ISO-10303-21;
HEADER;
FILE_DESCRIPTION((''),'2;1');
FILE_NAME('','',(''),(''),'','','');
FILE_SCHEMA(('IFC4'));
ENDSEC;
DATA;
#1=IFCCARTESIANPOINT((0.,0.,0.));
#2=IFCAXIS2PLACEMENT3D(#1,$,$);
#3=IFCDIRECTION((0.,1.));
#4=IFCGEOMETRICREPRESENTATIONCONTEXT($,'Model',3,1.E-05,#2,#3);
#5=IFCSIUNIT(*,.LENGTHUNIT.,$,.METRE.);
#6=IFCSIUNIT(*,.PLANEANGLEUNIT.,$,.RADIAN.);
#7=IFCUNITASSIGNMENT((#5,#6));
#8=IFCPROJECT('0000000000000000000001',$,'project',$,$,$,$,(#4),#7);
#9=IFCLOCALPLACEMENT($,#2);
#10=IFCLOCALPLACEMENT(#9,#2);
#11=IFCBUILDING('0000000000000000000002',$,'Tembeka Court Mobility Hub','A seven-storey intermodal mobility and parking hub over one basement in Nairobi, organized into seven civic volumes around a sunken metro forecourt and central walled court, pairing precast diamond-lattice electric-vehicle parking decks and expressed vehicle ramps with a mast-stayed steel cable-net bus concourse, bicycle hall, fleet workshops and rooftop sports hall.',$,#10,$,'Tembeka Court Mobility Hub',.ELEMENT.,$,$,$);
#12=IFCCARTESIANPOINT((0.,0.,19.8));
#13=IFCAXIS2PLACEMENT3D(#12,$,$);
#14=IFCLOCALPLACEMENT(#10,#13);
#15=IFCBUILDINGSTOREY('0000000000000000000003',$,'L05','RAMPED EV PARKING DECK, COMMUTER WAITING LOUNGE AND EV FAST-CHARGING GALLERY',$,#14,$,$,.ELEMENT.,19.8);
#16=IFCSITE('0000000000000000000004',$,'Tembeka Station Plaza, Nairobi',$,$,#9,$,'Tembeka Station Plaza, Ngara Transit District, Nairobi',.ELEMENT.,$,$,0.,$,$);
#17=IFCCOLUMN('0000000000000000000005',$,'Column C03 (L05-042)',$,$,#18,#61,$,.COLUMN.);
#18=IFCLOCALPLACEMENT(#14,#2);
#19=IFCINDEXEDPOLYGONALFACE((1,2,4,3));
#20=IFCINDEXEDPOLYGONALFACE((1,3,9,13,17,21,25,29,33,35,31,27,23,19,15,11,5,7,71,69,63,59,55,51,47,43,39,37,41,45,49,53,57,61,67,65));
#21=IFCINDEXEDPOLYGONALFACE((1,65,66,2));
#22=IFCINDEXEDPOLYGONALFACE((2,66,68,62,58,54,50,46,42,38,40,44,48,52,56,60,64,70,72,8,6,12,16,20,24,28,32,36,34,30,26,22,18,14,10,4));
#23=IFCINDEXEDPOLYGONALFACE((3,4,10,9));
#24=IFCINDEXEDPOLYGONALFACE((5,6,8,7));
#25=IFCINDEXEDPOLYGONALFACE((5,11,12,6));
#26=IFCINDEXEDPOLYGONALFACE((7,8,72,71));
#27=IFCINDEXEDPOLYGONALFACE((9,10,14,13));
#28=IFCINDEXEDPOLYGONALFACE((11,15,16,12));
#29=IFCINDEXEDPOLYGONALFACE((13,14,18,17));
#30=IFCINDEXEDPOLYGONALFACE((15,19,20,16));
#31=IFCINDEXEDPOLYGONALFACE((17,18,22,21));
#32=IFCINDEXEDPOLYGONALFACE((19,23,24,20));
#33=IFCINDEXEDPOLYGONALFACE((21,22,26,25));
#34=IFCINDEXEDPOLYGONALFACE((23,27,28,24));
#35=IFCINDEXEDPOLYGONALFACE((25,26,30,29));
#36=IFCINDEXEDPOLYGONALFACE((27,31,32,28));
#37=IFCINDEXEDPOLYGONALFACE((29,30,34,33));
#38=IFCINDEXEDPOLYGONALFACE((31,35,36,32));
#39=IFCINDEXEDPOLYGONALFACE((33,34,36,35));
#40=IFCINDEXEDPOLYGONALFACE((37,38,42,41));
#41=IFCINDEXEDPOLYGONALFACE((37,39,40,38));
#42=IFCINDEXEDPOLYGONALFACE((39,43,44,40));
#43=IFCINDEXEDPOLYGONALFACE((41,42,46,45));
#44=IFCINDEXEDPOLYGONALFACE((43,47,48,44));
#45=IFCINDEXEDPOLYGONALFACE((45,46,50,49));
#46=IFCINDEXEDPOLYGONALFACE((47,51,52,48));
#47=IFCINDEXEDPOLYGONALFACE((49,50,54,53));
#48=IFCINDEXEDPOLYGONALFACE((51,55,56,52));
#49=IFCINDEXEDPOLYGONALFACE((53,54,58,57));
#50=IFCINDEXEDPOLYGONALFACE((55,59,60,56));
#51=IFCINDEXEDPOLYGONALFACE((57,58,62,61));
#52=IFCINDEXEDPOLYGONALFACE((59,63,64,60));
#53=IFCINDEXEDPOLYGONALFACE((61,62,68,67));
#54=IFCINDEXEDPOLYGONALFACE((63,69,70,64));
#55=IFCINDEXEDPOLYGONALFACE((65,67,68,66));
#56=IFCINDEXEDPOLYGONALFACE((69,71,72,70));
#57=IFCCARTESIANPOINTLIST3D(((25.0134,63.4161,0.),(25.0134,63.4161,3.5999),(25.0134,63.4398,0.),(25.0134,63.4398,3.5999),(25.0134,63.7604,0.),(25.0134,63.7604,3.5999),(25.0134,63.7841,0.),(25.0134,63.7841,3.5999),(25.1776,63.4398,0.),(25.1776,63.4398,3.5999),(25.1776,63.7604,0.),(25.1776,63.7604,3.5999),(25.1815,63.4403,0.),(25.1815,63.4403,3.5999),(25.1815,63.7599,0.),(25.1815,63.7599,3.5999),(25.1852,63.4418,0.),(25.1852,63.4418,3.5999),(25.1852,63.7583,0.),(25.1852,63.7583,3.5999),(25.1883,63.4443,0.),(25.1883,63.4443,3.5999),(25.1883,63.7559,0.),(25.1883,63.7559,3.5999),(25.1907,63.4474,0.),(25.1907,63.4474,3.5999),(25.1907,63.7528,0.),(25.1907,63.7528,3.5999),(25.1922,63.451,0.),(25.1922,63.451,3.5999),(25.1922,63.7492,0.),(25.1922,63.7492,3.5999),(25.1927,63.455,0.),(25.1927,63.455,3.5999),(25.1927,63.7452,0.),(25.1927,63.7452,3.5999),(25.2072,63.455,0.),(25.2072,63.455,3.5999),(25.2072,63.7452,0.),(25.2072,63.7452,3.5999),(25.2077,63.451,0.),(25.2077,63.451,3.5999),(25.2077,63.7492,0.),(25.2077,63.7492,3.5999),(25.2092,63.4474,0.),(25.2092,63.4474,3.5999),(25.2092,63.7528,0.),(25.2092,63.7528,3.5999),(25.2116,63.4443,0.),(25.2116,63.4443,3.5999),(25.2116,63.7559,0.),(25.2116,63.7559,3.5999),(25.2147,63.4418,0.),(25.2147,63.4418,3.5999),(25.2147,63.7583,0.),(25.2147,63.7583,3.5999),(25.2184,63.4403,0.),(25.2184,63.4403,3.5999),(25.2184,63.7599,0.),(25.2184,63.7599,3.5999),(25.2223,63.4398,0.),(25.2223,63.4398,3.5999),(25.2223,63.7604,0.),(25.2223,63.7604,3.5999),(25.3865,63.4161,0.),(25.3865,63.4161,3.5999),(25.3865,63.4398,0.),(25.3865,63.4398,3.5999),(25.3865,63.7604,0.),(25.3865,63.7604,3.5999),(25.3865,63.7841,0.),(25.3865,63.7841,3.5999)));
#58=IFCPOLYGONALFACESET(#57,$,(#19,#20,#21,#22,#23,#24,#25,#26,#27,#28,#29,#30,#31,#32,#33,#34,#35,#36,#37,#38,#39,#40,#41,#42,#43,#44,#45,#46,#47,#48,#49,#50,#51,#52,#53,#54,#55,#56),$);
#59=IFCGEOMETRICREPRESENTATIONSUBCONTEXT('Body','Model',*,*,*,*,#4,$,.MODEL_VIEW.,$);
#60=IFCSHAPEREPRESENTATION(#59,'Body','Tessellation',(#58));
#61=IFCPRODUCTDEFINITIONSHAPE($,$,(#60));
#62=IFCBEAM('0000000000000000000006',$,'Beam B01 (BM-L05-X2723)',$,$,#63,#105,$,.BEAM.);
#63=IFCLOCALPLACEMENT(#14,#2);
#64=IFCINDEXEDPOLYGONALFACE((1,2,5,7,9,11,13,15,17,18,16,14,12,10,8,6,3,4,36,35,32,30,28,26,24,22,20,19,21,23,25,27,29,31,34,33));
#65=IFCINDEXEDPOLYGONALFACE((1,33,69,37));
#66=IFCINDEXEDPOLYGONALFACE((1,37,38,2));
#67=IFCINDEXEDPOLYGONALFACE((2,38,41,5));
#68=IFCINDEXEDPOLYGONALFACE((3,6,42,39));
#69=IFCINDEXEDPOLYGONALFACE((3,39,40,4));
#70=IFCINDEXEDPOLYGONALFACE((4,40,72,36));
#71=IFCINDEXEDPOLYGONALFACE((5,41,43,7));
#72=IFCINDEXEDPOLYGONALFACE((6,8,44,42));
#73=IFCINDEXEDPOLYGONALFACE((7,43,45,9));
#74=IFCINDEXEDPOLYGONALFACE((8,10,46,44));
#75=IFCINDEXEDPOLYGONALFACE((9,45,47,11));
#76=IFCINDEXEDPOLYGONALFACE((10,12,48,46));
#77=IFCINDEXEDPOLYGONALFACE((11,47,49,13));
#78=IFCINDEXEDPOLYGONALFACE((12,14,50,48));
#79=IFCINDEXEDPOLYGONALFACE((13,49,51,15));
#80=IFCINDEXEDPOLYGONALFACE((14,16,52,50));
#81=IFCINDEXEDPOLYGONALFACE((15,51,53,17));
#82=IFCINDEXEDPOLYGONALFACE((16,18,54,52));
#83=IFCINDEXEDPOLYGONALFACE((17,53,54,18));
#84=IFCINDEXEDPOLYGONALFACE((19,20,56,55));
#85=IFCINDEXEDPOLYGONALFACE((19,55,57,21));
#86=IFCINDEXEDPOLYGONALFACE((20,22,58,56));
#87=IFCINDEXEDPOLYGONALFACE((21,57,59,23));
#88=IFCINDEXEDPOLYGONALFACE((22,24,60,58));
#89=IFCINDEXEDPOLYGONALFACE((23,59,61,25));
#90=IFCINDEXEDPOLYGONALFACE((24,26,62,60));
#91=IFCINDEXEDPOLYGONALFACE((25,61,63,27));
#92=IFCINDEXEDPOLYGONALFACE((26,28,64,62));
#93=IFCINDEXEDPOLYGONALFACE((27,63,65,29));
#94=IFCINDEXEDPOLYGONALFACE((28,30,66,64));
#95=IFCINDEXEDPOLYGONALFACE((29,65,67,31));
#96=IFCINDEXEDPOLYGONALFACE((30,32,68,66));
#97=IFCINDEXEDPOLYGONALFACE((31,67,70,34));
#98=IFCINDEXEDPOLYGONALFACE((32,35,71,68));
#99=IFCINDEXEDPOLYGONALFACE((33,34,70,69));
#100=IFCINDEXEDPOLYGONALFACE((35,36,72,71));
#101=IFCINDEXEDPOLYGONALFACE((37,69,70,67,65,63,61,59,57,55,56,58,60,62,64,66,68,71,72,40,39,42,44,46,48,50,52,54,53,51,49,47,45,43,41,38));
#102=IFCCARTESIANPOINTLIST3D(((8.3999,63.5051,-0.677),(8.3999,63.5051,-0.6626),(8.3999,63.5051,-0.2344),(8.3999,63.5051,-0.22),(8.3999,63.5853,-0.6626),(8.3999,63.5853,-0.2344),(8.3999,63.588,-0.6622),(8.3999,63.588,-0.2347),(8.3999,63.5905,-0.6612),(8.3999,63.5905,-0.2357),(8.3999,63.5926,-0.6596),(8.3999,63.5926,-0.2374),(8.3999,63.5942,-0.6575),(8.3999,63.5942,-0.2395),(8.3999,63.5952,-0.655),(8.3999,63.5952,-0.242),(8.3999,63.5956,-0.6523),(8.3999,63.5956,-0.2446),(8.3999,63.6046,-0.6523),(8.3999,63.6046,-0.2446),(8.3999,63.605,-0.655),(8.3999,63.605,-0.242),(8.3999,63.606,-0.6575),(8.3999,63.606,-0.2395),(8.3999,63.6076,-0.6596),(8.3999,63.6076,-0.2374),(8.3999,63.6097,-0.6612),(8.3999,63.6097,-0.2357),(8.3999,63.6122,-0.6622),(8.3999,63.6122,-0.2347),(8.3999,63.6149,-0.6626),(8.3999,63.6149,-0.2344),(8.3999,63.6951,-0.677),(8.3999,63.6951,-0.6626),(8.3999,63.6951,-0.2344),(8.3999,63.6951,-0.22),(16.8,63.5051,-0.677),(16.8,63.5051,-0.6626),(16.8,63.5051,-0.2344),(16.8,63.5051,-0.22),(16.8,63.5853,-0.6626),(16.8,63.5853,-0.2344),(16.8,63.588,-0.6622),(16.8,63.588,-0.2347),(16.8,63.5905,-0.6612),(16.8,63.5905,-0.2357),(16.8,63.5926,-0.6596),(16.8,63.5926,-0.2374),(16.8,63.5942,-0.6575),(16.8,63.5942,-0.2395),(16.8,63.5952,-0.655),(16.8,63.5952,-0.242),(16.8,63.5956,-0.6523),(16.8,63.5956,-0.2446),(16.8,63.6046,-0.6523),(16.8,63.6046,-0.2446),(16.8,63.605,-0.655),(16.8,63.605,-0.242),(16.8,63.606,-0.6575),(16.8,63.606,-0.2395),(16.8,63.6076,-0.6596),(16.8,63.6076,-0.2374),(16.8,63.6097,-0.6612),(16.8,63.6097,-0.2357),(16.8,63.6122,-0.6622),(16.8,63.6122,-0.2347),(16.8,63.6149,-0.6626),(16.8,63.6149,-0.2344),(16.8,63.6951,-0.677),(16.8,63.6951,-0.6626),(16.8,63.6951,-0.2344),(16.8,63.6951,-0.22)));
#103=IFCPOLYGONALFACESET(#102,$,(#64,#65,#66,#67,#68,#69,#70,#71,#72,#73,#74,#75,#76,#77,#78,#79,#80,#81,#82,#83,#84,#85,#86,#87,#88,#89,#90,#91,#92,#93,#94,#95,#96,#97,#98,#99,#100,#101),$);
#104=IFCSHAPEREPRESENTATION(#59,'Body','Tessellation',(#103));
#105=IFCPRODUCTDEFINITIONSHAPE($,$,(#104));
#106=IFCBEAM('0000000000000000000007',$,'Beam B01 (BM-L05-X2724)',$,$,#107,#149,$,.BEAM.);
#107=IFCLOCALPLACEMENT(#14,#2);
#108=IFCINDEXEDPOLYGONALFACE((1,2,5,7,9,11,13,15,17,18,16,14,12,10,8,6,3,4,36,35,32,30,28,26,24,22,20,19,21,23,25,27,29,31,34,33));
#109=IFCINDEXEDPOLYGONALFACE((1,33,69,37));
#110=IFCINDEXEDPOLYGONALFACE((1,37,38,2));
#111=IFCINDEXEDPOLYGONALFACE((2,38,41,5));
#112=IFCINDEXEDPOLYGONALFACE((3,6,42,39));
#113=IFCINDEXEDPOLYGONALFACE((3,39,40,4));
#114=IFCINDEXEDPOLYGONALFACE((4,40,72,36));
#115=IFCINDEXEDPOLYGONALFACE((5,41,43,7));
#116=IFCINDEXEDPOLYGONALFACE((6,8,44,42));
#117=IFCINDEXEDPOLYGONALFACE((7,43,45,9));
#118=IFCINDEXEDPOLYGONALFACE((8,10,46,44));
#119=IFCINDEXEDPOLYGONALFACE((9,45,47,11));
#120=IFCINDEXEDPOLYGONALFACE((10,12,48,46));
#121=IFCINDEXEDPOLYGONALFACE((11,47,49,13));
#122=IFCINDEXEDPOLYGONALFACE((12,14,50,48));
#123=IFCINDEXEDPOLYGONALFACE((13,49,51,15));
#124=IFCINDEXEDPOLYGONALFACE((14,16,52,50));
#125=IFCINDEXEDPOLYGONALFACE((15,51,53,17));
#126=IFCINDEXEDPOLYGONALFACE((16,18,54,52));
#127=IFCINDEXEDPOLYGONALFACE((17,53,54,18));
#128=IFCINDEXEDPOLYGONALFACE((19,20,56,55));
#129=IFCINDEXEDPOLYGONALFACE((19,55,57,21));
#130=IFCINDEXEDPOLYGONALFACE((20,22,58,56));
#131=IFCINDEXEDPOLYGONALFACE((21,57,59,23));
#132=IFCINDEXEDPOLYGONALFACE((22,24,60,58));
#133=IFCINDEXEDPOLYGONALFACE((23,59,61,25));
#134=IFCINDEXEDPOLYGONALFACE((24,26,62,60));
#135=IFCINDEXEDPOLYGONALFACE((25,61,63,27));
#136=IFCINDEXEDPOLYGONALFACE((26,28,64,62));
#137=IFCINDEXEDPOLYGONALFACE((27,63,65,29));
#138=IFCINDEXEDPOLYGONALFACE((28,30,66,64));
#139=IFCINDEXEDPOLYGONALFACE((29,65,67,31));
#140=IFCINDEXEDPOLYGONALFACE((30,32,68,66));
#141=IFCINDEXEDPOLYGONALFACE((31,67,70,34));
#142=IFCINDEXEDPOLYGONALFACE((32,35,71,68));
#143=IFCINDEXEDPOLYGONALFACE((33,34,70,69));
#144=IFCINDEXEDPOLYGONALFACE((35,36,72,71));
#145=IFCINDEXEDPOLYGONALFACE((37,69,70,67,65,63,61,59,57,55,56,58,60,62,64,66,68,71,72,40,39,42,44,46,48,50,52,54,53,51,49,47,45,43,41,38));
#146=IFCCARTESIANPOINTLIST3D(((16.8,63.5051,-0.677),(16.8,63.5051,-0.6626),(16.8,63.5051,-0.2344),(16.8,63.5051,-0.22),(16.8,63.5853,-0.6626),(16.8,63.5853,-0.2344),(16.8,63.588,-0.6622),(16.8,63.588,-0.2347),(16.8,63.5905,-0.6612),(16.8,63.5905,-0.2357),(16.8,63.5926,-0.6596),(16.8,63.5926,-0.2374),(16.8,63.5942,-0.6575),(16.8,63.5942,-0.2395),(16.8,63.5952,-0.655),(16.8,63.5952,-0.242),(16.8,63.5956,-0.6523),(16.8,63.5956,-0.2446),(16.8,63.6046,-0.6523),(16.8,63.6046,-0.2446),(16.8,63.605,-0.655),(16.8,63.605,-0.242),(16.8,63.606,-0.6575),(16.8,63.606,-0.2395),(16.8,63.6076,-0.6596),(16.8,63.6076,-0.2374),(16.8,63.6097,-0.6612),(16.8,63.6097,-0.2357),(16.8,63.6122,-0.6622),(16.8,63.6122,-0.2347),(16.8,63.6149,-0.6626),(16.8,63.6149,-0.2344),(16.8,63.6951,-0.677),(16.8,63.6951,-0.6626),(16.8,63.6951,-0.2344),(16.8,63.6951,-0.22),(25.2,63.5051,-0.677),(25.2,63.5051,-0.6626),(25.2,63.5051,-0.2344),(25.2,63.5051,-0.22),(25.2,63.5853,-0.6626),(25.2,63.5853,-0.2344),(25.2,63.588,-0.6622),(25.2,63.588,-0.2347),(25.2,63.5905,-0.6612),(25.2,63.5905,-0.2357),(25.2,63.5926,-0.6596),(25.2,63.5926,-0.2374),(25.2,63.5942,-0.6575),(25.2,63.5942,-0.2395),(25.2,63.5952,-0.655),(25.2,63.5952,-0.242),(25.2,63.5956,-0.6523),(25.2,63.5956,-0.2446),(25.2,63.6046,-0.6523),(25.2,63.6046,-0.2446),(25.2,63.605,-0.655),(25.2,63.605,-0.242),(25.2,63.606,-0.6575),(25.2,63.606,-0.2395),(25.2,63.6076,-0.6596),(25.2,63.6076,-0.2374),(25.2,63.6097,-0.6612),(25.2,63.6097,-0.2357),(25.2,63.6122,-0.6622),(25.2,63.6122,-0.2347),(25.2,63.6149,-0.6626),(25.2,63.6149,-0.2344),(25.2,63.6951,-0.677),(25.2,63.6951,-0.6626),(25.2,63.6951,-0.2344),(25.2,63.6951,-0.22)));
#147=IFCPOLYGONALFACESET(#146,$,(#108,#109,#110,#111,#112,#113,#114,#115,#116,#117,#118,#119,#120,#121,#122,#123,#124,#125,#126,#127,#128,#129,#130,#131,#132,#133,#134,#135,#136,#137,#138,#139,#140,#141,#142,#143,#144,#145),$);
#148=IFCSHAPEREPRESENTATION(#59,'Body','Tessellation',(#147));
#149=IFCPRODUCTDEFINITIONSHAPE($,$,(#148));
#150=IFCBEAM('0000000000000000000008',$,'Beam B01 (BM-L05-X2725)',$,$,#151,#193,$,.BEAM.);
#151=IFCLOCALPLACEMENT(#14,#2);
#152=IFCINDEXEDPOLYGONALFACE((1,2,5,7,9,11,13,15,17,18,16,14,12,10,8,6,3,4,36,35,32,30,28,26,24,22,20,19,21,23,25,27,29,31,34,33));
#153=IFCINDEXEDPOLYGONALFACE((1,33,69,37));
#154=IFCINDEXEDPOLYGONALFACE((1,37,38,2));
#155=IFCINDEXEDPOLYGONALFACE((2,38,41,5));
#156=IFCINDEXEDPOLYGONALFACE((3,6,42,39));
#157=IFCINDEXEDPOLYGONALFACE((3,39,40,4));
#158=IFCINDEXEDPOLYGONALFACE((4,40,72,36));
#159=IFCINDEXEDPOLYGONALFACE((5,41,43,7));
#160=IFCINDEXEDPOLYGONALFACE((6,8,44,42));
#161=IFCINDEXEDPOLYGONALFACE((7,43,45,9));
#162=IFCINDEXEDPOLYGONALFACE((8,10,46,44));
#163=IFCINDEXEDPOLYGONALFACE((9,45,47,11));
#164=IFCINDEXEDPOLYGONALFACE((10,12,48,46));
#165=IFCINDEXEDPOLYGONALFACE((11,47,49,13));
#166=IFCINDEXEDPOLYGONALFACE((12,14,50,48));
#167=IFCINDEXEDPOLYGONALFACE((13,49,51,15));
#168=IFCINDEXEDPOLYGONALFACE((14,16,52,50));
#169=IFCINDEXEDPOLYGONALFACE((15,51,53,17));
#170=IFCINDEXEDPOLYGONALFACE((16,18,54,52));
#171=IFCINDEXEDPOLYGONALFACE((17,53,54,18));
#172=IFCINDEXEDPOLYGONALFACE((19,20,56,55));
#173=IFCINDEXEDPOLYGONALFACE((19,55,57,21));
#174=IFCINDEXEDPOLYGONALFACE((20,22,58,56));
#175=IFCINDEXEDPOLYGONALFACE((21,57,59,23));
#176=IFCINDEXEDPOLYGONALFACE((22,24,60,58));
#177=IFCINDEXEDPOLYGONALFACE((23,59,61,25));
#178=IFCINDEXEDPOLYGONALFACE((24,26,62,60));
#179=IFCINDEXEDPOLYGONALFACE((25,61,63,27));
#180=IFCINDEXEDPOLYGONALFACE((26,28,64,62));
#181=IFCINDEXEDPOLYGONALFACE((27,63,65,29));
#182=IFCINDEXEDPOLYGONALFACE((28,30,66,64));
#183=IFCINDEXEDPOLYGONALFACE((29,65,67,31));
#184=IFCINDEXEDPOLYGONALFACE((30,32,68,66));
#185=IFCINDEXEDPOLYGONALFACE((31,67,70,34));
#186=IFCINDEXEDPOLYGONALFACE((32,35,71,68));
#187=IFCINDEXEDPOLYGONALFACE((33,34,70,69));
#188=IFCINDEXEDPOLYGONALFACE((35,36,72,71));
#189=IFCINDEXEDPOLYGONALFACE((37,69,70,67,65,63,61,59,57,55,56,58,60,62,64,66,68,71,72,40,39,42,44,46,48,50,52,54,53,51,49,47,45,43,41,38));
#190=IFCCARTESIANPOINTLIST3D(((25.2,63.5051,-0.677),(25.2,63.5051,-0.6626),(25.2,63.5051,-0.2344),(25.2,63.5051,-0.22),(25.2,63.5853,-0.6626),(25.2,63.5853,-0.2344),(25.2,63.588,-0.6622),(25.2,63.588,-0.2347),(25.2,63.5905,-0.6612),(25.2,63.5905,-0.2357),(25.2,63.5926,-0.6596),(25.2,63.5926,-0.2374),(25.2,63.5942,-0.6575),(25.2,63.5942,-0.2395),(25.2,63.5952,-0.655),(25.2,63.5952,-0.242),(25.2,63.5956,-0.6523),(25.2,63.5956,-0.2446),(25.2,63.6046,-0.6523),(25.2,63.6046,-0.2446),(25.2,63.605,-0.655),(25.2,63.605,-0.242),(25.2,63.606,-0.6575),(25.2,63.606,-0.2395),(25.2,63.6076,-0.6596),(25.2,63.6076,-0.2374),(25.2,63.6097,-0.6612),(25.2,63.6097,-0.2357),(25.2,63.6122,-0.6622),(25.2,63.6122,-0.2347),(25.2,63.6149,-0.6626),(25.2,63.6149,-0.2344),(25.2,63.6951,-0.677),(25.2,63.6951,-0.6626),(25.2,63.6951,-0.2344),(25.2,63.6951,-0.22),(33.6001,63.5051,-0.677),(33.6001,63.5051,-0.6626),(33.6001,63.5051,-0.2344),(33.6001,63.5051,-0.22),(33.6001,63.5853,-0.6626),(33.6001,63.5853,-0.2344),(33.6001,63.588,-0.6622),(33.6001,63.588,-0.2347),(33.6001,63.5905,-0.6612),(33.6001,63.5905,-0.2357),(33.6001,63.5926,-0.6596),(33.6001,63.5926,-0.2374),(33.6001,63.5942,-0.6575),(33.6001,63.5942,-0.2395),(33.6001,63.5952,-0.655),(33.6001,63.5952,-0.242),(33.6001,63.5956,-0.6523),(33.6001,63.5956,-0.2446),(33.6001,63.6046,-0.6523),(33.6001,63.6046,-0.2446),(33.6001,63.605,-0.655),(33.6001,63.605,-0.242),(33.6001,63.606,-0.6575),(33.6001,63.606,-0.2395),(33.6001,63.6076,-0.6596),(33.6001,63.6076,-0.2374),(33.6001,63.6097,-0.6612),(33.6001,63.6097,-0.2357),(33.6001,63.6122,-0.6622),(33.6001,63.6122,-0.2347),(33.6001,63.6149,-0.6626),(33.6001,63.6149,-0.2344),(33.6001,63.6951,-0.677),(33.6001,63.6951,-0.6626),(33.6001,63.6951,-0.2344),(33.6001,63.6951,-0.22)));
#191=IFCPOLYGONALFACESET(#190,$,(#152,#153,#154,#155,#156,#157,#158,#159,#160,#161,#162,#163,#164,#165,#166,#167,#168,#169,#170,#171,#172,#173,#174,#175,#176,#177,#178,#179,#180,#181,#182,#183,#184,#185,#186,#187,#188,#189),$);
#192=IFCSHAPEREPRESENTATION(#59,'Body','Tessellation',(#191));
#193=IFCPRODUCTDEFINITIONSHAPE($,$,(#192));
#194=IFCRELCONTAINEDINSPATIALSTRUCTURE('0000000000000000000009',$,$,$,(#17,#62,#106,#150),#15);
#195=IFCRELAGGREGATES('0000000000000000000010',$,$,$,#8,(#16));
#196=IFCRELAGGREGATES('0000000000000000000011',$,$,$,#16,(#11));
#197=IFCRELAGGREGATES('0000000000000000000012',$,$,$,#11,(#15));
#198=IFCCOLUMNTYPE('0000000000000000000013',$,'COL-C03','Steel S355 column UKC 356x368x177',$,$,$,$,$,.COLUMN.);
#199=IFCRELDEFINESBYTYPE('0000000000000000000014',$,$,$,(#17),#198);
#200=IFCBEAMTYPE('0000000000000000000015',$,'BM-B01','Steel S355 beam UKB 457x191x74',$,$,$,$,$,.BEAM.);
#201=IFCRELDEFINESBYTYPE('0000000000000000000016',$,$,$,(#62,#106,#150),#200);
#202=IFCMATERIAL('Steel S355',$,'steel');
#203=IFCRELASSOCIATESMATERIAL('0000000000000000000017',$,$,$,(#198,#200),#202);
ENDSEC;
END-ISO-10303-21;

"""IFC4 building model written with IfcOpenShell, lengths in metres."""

from ifc_helpers import new_model, si_unit, direction, frame, origin, origin_2d, place, context, subcontext, project, spatial, i_section, extrude, material, material_profile, profile_set, type_object, element, save


model = new_model("IFC4")

# Units and contexts
model_context = context("Model", 3, precision=1e-05, world=origin(), true_north=direction((0.0, 1.0)))
body_context = subcontext(model_context, "Body", "Model", "MODEL_VIEW")
ifc_project = project(units=[si_unit("LENGTHUNIT", "METRE"), si_unit("PLANEANGLEUNIT", "RADIAN")], contexts=[model_context])

# Site, building, storey
site_placement = place(None, origin())
site = spatial("IfcSite", under=ifc_project, at=site_placement, Name="Tembeka Station Plaza, Nairobi", LongName="Tembeka Station Plaza, Ngara Transit District, Nairobi", CompositionType="ELEMENT", RefElevation=0.0)
building_placement = place(site_placement, origin())
building = spatial("IfcBuilding", under=site, at=building_placement, Name="Tembeka Court Mobility Hub", Description="A seven-storey intermodal mobility and parking hub over one basement in Nairobi, organized into seven civic volumes around a sunken metro forecourt and central walled court, pairing precast diamond-lattice electric-vehicle parking decks and expressed vehicle ramps with a mast-stayed steel cable-net bus concourse, bicycle hall, fleet workshops and rooftop sports hall.", LongName="Tembeka Court Mobility Hub", CompositionType="ELEMENT")
storey_placement = place(building_placement, frame((0.0, 0.0, 19.8)))
storey = spatial("IfcBuildingStorey", under=building, at=storey_placement, Name="L05", Description="RAMPED EV PARKING DECK, COMMUTER WAITING LOUNGE AND EV FAST-CHARGING GALLERY", CompositionType="ELEMENT", Elevation=19.8)

# Column
ifc_material_1 = material(Name="Steel S355", Category="steel")
ifc_material_profile_1 = material_profile(ifc_material_1, i_section(OverallWidth=0.373, OverallDepth=0.3679, WebThickness=0.0144, FlangeThickness=0.0237, FilletRadius=0.0151, at=origin_2d()), Name="UKC 356x368x177")
ifc_profile_set_1 = profile_set([ifc_material_profile_1], Name="Steel S355")
column_type = type_object("IfcColumnType", Name="COL-C03", Description="Steel S355 column UKC 356x368x177", PredefinedType="COLUMN", material=ifc_profile_set_1)
for number, where, z_axis, x_axis, name in (
    (1, (25.2, 63.6001, 0.0), (0.0, 0.0, 1.0), (1.0, 0.0, 0.0), "Column C03 (L05-042)"),
):
    element("IfcColumn", number, at=place(storey_placement, frame(where, z_axis=z_axis, x_axis=x_axis)), inside=storey, type_object=column_type, Name=name, PredefinedType="COLUMN", context=body_context, shape_type="SweptSolid", body=[
        extrude(i_section(OverallWidth=0.373, OverallDepth=0.3679, WebThickness=0.0144, FlangeThickness=0.0237, FilletRadius=0.0151, at=origin_2d()), origin(), (0.0, 0.0, 1.0), 3.5999),
    ])

# Beams
ifc_material_profile_2 = material_profile(ifc_material_1, i_section(OverallWidth=0.1899, OverallDepth=0.457, WebThickness=0.009, FlangeThickness=0.0144, FilletRadius=0.0103, at=origin_2d()), Name="UKB 457x191x74")
ifc_profile_set_2 = profile_set([ifc_material_profile_2], Name="Steel S355")
beam_type_1 = type_object("IfcBeamType", Name="BM-B01", Description="Steel S355 beam UKB 457x191x74", PredefinedType="BEAM", material=ifc_profile_set_2)
beam_1_placement = place(storey_placement, frame((8.3999, 63.6001, -0.4485), z_axis=(1.0, 0.0, 0.0), x_axis=(0.0, 1.0, 0.0)))
element("IfcBeam", 2, at=beam_1_placement, inside=storey, type_object=beam_type_1, Name="Beam B01 (BM-L05-X2723)", PredefinedType="BEAM", context=body_context, shape_type="SweptSolid", body=[
    extrude(i_section(OverallWidth=0.1899, OverallDepth=0.457, WebThickness=0.009, FlangeThickness=0.0144, FilletRadius=0.0103, at=origin_2d()), origin(), (0.0, 0.0, 1.0), 8.4001),
])
beam_2_placement = place(storey_placement, frame((16.8, 63.6001, -0.4485), z_axis=(1.0, 0.0, 0.0), x_axis=(0.0, 1.0, 0.0)))
element("IfcBeam", 3, at=beam_2_placement, inside=storey, type_object=beam_type_1, Name="Beam B01 (BM-L05-X2724)", PredefinedType="BEAM", context=body_context, shape_type="SweptSolid", body=[
    extrude(i_section(OverallWidth=0.1899, OverallDepth=0.457, WebThickness=0.009, FlangeThickness=0.0144, FilletRadius=0.0103, at=origin_2d()), origin(), (0.0, 0.0, 1.0), 8.3999),
])
for number, where, z_axis, x_axis, name in (
    (4, (25.2, 63.6001, -0.4485), (1.0, 0.0, 0.0), (0.0, 1.0, 0.0), "Beam B01 (BM-L05-X2725)"),
):
    element("IfcBeam", number, at=place(storey_placement, frame(where, z_axis=z_axis, x_axis=x_axis)), inside=storey, type_object=beam_type_1, Name=name, PredefinedType="BEAM", context=body_context, shape_type="SweptSolid", body=[
        extrude(i_section(OverallWidth=0.1899, OverallDepth=0.457, WebThickness=0.009, FlangeThickness=0.0144, FilletRadius=0.0103, at=origin_2d()), origin(), (0.0, 0.0, 1.0), 8.4001),
    ])

save(model, "model.ifc")
